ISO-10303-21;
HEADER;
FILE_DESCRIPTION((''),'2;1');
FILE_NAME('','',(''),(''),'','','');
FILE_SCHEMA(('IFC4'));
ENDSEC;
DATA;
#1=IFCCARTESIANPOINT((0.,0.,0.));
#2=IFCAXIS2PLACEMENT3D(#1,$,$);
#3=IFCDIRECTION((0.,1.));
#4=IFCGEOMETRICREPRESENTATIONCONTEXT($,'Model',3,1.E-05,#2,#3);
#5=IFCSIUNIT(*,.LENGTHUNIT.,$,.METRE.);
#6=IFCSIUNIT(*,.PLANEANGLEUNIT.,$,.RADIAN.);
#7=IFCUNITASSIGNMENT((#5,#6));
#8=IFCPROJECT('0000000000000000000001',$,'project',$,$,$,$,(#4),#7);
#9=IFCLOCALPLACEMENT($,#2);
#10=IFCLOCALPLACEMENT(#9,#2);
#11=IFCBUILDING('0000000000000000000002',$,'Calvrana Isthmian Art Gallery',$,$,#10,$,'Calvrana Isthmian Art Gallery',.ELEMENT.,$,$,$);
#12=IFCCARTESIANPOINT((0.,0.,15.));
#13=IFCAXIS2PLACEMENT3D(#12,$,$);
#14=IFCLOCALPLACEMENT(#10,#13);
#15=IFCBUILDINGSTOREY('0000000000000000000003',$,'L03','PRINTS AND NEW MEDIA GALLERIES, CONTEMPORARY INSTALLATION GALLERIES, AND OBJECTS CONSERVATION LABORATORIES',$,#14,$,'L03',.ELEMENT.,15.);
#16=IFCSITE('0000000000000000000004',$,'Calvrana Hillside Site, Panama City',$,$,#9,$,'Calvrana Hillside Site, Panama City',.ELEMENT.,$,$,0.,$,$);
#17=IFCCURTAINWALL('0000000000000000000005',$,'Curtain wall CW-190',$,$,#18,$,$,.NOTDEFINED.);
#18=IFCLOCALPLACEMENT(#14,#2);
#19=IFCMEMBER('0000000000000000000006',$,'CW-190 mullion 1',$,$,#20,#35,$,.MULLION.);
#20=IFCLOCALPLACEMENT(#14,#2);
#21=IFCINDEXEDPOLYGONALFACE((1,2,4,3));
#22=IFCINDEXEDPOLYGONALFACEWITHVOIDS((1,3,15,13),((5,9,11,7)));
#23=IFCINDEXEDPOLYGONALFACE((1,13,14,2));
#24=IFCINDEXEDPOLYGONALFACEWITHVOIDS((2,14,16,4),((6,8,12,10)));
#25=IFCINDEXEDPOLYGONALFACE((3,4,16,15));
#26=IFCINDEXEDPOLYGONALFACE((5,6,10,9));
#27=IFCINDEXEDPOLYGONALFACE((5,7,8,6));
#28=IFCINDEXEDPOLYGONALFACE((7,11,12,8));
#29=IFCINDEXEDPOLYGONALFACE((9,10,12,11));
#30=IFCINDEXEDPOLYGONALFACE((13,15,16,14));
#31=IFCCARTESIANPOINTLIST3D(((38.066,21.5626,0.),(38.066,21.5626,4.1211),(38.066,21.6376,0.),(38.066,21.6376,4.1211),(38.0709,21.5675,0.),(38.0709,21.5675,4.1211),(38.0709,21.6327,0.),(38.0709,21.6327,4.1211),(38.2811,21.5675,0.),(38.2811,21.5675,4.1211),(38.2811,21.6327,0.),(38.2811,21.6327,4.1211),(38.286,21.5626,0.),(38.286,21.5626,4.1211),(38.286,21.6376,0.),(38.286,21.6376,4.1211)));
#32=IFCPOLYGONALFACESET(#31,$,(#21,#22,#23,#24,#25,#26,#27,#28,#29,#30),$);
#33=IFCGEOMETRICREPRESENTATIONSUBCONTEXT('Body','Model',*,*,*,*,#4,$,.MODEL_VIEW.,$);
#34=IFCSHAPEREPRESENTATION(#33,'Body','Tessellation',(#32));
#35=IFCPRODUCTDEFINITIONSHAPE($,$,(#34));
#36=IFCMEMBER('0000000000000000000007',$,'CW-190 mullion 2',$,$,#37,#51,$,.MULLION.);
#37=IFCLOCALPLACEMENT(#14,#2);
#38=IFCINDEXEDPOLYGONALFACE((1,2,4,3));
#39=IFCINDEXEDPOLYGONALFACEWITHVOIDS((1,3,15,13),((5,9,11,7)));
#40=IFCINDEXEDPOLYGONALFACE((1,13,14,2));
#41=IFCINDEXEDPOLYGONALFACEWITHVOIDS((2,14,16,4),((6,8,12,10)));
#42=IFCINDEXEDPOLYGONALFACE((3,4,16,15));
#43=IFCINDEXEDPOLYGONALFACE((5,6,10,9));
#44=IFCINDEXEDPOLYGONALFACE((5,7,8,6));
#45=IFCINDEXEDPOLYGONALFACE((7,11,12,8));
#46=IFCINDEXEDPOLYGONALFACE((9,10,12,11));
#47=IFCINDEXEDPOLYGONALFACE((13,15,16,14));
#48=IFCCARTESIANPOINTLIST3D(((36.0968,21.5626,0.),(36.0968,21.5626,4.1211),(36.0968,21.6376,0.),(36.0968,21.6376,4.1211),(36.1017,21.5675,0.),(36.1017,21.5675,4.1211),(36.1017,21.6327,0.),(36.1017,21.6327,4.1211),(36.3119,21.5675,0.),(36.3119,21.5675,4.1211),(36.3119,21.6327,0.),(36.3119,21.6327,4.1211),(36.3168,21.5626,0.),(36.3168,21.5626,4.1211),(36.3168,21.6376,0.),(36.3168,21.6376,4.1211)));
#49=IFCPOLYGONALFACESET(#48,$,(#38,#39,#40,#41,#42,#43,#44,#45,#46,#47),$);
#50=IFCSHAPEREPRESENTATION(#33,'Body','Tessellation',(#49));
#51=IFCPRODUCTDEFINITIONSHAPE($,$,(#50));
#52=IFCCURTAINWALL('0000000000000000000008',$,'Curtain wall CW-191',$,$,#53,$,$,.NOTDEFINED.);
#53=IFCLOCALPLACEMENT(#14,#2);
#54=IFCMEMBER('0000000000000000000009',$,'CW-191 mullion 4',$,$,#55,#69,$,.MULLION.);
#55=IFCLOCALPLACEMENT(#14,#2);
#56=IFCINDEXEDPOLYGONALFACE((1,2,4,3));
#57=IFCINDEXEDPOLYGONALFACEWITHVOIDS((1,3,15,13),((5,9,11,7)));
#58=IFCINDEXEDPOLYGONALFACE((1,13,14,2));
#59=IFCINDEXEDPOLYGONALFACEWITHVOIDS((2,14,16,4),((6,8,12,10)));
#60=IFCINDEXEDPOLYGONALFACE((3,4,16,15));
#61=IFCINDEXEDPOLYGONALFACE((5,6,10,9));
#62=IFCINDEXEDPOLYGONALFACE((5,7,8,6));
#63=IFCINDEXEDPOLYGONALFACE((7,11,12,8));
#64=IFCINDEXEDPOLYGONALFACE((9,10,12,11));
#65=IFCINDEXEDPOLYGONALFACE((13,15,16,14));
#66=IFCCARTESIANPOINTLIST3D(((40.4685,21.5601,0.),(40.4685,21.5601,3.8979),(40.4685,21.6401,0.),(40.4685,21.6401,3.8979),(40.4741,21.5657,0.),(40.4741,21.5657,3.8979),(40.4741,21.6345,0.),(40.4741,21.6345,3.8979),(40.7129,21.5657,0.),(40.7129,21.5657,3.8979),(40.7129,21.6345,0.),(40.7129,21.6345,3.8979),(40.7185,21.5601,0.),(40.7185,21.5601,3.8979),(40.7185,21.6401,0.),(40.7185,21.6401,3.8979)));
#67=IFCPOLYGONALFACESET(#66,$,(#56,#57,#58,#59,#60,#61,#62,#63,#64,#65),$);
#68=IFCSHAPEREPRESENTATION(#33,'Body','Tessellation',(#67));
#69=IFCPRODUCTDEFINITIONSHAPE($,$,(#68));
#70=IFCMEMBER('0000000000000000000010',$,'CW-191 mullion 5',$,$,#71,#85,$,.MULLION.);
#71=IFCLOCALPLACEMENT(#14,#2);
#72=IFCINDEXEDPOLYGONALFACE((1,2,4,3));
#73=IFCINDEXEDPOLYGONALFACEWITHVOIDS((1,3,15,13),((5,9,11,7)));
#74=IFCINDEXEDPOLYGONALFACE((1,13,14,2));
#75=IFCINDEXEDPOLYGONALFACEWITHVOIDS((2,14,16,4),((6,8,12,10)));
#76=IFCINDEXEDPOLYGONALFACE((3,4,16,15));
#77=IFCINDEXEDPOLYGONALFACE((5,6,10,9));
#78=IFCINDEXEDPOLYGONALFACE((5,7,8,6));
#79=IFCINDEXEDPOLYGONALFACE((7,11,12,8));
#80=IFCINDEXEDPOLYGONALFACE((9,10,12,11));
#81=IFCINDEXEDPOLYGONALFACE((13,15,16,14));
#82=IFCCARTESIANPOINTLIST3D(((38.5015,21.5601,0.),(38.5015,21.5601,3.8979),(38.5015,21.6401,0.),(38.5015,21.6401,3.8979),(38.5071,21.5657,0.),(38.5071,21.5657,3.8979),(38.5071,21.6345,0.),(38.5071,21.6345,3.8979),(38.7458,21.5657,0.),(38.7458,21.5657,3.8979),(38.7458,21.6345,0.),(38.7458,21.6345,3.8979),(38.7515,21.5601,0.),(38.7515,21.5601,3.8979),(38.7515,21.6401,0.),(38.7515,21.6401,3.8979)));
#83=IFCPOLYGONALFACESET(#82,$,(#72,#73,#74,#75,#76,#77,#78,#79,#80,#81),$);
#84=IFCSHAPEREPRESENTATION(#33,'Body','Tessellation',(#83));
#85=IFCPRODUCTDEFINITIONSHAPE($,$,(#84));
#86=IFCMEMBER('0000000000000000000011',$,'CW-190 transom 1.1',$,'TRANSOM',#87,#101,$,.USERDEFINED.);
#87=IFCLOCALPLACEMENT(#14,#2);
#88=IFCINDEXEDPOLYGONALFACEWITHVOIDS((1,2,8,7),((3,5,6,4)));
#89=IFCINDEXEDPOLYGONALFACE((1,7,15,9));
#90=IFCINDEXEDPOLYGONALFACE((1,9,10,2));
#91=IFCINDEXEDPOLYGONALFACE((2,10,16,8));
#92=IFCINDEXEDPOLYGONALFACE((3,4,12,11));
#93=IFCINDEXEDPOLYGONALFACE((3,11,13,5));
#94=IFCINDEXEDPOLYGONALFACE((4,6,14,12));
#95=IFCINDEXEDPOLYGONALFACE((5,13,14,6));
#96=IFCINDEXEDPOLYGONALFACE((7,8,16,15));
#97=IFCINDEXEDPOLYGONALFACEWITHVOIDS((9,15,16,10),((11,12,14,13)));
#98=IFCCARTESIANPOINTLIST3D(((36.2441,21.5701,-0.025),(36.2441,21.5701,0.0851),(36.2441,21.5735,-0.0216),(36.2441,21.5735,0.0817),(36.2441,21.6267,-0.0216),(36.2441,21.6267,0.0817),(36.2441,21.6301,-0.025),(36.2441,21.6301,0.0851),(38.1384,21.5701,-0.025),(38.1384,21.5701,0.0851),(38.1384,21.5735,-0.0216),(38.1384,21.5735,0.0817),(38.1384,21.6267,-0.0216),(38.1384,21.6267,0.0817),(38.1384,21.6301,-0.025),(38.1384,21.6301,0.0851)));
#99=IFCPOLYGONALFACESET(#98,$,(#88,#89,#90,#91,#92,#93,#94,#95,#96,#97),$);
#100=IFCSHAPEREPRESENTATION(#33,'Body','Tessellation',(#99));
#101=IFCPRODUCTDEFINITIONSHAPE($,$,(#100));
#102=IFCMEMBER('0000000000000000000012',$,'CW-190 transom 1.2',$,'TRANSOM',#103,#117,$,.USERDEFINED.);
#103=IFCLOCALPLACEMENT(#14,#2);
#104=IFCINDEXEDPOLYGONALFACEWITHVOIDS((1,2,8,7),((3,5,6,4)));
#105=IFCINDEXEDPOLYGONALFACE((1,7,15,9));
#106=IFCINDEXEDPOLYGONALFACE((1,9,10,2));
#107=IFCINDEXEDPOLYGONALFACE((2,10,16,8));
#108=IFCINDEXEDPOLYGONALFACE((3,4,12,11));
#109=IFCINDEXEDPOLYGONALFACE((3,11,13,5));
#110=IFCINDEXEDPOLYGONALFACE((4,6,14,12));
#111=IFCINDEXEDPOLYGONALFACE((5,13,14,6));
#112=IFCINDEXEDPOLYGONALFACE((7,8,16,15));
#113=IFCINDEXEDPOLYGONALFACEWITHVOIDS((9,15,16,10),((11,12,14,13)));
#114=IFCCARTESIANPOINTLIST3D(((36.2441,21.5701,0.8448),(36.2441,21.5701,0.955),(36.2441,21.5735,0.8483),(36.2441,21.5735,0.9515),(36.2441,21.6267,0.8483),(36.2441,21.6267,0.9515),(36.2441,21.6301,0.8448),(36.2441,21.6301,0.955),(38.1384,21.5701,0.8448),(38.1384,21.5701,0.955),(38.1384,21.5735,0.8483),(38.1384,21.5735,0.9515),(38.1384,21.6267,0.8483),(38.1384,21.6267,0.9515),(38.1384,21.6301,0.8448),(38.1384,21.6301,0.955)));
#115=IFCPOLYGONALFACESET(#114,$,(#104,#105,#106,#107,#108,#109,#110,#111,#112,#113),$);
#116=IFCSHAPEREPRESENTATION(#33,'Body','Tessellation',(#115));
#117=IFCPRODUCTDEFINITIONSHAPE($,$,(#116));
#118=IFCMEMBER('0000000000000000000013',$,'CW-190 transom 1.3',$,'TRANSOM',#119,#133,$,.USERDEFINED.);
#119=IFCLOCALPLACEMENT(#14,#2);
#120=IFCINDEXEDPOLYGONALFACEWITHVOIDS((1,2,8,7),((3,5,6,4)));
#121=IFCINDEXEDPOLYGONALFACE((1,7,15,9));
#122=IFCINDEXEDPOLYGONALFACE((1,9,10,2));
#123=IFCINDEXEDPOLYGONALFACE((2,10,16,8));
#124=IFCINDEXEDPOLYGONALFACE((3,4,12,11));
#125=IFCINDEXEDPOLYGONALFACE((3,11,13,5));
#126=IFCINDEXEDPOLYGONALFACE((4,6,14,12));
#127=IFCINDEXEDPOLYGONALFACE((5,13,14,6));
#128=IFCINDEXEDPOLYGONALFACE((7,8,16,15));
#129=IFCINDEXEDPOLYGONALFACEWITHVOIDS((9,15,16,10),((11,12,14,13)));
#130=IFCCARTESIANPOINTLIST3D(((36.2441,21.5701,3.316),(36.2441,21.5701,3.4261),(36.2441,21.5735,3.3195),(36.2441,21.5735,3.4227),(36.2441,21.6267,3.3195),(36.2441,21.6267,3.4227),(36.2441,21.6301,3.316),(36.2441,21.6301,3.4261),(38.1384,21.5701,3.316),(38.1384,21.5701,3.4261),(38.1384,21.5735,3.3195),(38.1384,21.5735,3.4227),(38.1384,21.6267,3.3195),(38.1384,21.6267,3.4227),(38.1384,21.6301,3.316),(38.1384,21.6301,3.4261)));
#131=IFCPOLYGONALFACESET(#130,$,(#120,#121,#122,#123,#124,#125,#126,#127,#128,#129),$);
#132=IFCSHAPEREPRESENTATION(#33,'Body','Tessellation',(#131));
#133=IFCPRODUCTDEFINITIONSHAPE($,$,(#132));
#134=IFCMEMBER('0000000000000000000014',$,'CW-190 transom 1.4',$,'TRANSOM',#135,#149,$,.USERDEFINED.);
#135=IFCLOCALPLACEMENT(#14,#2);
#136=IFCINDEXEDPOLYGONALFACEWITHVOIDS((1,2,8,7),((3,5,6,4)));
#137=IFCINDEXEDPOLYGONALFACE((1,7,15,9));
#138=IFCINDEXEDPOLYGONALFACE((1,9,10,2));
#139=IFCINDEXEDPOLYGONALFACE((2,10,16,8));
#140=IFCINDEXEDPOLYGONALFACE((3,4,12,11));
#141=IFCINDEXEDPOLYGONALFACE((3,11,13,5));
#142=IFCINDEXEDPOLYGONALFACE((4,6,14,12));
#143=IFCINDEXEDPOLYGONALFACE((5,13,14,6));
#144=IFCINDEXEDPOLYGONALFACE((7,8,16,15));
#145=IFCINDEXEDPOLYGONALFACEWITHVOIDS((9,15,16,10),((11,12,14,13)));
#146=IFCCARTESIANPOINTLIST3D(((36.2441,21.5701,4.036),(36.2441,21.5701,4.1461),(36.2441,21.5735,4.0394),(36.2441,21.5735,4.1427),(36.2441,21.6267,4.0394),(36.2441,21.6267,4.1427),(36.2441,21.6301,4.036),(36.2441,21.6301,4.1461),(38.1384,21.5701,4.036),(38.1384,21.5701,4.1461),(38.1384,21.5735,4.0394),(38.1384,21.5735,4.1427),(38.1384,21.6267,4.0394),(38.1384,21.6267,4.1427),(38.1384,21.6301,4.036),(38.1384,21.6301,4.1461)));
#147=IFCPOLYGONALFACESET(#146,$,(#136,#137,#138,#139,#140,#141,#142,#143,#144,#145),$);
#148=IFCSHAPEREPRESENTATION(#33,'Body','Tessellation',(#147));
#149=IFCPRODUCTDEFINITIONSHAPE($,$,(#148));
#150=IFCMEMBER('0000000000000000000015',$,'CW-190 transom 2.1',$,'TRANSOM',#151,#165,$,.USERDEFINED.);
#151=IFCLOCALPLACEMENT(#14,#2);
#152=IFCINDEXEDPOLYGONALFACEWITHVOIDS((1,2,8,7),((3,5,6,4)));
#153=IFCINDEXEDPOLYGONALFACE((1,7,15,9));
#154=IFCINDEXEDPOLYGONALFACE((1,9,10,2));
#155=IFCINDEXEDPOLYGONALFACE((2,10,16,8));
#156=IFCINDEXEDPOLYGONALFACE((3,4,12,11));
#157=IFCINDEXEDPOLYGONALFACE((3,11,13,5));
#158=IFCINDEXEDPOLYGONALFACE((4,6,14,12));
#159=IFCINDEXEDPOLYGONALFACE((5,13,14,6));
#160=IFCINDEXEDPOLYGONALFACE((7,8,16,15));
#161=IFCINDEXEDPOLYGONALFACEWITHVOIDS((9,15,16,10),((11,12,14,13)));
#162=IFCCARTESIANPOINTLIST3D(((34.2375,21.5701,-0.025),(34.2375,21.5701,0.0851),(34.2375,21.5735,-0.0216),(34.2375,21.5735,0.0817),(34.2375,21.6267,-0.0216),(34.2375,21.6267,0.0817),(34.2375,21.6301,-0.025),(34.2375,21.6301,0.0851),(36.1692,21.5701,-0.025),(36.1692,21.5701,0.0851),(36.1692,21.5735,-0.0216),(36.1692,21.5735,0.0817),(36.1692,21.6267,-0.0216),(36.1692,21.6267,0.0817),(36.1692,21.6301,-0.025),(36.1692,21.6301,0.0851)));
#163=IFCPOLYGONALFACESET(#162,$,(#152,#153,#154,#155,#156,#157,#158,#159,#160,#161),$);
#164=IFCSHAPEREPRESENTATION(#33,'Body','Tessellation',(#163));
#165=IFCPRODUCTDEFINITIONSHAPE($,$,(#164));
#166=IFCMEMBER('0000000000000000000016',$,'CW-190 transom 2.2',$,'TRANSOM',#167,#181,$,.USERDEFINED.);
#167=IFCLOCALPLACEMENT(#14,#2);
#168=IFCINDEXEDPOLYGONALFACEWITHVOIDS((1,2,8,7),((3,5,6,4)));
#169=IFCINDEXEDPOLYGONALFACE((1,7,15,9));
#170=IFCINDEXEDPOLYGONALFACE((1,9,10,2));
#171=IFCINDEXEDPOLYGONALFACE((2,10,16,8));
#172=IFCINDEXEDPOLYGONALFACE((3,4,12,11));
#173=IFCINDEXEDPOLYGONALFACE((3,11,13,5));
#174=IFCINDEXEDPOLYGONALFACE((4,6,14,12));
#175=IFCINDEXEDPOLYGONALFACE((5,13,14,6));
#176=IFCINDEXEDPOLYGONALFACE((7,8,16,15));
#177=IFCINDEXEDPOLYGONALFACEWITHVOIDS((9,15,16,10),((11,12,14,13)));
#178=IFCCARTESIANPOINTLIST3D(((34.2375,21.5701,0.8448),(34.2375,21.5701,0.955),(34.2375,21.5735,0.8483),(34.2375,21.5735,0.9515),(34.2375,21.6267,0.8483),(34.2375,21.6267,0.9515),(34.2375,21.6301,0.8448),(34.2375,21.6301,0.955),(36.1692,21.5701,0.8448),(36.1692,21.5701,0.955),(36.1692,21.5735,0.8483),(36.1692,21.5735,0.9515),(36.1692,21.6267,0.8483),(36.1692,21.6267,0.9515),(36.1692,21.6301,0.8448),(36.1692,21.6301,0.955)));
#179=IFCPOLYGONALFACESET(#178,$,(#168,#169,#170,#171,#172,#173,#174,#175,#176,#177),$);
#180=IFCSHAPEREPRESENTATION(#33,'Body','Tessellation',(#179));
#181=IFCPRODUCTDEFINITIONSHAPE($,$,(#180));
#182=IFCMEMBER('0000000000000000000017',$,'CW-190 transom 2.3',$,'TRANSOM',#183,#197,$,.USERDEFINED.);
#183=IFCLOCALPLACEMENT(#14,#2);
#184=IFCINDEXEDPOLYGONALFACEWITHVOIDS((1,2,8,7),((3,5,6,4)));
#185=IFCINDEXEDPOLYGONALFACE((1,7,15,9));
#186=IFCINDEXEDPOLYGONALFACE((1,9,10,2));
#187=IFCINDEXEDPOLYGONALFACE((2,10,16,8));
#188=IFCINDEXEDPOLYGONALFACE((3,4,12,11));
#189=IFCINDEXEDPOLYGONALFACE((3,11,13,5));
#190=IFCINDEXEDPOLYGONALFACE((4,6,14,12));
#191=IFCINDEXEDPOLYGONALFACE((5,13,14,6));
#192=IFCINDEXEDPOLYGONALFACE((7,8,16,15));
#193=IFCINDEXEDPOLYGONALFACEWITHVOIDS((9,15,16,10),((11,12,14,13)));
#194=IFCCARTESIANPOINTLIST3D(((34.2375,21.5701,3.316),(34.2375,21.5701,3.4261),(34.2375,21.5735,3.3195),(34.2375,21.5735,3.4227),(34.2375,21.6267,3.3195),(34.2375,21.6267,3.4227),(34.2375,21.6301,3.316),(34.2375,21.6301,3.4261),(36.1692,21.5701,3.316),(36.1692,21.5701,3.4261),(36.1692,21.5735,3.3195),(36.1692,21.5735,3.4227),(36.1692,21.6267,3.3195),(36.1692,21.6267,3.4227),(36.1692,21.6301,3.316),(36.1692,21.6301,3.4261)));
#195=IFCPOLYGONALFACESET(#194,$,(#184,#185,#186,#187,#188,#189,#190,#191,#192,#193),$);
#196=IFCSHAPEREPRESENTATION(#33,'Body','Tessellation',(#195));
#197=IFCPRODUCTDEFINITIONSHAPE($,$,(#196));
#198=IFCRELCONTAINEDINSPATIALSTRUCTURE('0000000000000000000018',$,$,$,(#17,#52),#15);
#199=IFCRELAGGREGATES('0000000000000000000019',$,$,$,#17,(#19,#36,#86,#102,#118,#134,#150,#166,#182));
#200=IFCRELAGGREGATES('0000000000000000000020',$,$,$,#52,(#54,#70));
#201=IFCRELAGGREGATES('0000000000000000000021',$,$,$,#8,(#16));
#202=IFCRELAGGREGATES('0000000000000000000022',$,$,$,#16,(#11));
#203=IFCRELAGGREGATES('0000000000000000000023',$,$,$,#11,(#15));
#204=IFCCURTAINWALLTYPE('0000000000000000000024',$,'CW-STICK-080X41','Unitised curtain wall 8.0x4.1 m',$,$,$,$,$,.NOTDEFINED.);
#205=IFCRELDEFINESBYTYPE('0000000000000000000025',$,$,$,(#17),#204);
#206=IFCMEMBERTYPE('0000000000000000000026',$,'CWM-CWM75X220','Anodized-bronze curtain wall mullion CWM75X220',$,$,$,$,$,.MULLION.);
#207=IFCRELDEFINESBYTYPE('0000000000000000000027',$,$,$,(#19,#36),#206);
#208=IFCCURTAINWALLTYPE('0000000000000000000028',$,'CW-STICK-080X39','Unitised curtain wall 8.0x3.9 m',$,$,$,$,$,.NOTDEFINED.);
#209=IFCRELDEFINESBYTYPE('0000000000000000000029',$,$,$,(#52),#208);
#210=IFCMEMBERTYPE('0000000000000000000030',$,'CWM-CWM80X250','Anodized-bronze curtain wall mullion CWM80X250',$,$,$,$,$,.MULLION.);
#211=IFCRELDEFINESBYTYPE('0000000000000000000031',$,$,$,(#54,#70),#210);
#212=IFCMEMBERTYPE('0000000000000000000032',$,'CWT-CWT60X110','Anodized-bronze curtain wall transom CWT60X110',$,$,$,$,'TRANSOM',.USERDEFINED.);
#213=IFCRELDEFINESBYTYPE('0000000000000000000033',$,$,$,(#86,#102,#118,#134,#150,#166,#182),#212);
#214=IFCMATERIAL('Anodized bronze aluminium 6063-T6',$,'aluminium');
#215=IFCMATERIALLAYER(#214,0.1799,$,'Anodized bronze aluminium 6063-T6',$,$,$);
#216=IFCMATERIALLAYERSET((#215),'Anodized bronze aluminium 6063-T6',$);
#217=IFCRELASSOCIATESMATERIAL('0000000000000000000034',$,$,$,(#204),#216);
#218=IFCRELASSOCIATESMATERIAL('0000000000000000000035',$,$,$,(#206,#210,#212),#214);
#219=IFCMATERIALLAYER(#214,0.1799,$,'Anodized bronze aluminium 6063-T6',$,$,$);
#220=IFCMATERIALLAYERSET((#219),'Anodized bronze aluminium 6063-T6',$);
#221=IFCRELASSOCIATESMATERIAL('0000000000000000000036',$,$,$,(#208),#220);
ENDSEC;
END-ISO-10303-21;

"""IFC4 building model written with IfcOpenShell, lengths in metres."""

from ifc_helpers import new_model, si_unit, direction, frame, origin, origin_2d, place, context, subcontext, project, spatial, hollow_rectangle, extrude, material, layer, layer_set, material_profile, profile_set, type_object, element, aggregate, save


model = new_model("IFC4")

# Units and contexts
model_context = context("Model", 3, precision=1e-05, world=origin(), true_north=direction((0.0, 1.0)))
body_context = subcontext(model_context, "Body", "Model", "MODEL_VIEW")
ifc_project = project(units=[si_unit("LENGTHUNIT", "METRE"), si_unit("PLANEANGLEUNIT", "RADIAN")], contexts=[model_context])

# Site, building, storey
site_placement = place(None, origin())
site = spatial("IfcSite", under=ifc_project, at=site_placement, Name="Calvrana Hillside Site, Panama City", LongName="Calvrana Hillside Site, Panama City", CompositionType="ELEMENT", RefElevation=0.0)
building_placement = place(site_placement, origin())
building = spatial("IfcBuilding", under=site, at=building_placement, Name="Calvrana Isthmian Art Gallery", LongName="Calvrana Isthmian Art Gallery", CompositionType="ELEMENT")
storey_placement = place(building_placement, frame((0.0, 0.0, 15.0)))
storey = spatial("IfcBuildingStorey", under=building, at=storey_placement, Name="L03", Description="PRINTS AND NEW MEDIA GALLERIES, CONTEMPORARY INSTALLATION GALLERIES, AND OBJECTS CONSERVATION LABORATORIES", LongName="L03", CompositionType="ELEMENT", Elevation=15.0)

# Curtain walls, members
ifc_material_1 = material(Name="Anodized bronze aluminium 6063-T6", Category="aluminium")
ifc_layer_1 = layer(ifc_material_1, 0.1799, Name="Anodized bronze aluminium 6063-T6")
ifc_layer_set_1 = layer_set([ifc_layer_1], Name="Anodized bronze aluminium 6063-T6")
curtain_wall_type_1 = type_object("IfcCurtainWallType", Name="CW-STICK-080X41", Description="Unitised curtain wall 8.0x4.1 m", PredefinedType="NOTDEFINED", material=ifc_layer_set_1)
curtain_wall_1_placement = place(storey_placement, origin())
curtain_wall_1 = element("IfcCurtainWall", 1, at=curtain_wall_1_placement, inside=storey, type_object=curtain_wall_type_1, Name="Curtain wall CW-190", PredefinedType="NOTDEFINED")
ifc_material_profile_1 = material_profile(ifc_material_1, hollow_rectangle(XDim=0.075, YDim=0.22, WallThickness=0.0049, at=origin_2d()), Name="CWM75X220")
ifc_profile_set_1 = profile_set([ifc_material_profile_1], Name="Anodized bronze aluminium 6063-T6")
member_type_1 = type_object("IfcMemberType", Name="CWM-CWM75X220", Description="Anodized-bronze curtain wall mullion CWM75X220", PredefinedType="MULLION", material=ifc_profile_set_1)
member_1_placement = place(storey_placement, frame((38.176, 21.6001, 0.0), z_axis=(0.0, 0.0, 1.0), x_axis=(0.0, -1.0, 0.0)))
member_1 = element("IfcMember", 2, at=member_1_placement, type_object=member_type_1, Name="CW-190 mullion 1", PredefinedType="MULLION", context=body_context, shape_type="SweptSolid", body=[
    extrude(hollow_rectangle(XDim=0.075, YDim=0.22, WallThickness=0.0049, at=origin_2d()), origin(), (0.0, 0.0, 1.0), 4.1211),
])
member_2_placement = place(storey_placement, frame((36.2068, 21.6001, 0.0), z_axis=(0.0, 0.0, 1.0), x_axis=(0.0, -1.0, 0.0)))
member_2 = element("IfcMember", 3, at=member_2_placement, type_object=member_type_1, Name="CW-190 mullion 2", PredefinedType="MULLION", context=body_context, shape_type="SweptSolid", body=[
    extrude(hollow_rectangle(XDim=0.075, YDim=0.22, WallThickness=0.0049, at=origin_2d()), origin(), (0.0, 0.0, 1.0), 4.1211),
])
ifc_layer_2 = layer(ifc_material_1, 0.1799, Name="Anodized bronze aluminium 6063-T6")
ifc_layer_set_2 = layer_set([ifc_layer_2], Name="Anodized bronze aluminium 6063-T6")
curtain_wall_type_2 = type_object("IfcCurtainWallType", Name="CW-STICK-080X39", Description="Unitised curtain wall 8.0x3.9 m", PredefinedType="NOTDEFINED", material=ifc_layer_set_2)
curtain_wall_2_placement = place(storey_placement, origin())
curtain_wall_2 = element("IfcCurtainWall", 4, at=curtain_wall_2_placement, inside=storey, type_object=curtain_wall_type_2, Name="Curtain wall CW-191", PredefinedType="NOTDEFINED")
ifc_material_profile_2 = material_profile(ifc_material_1, hollow_rectangle(XDim=0.0801, YDim=0.25, WallThickness=0.0056, at=origin_2d()), Name="CWM80X250")
ifc_profile_set_2 = profile_set([ifc_material_profile_2], Name="Anodized bronze aluminium 6063-T6")
member_type_2 = type_object("IfcMemberType", Name="CWM-CWM80X250", Description="Anodized-bronze curtain wall mullion CWM80X250", PredefinedType="MULLION", material=ifc_profile_set_2)
member_3_placement = place(storey_placement, frame((40.5935, 21.6001, 0.0), z_axis=(0.0, 0.0, 1.0), x_axis=(0.0, -1.0, 0.0)))
member_3 = element("IfcMember", 5, at=member_3_placement, type_object=member_type_2, Name="CW-191 mullion 4", PredefinedType="MULLION", context=body_context, shape_type="SweptSolid", body=[
    extrude(hollow_rectangle(XDim=0.0801, YDim=0.25, WallThickness=0.0056, at=origin_2d()), origin(), (0.0, 0.0, 1.0), 3.8979),
])
member_4_placement = place(storey_placement, frame((38.6265, 21.6001, 0.0), z_axis=(0.0, 0.0, 1.0), x_axis=(0.0, -1.0, 0.0)))
member_4 = element("IfcMember", 6, at=member_4_placement, type_object=member_type_2, Name="CW-191 mullion 5", PredefinedType="MULLION", context=body_context, shape_type="SweptSolid", body=[
    extrude(hollow_rectangle(XDim=0.0801, YDim=0.25, WallThickness=0.0056, at=origin_2d()), origin(), (0.0, 0.0, 1.0), 3.8979),
])

# Members
ifc_material_profile_3 = material_profile(ifc_material_1, hollow_rectangle(XDim=0.0601, YDim=0.1101, WallThickness=0.0034, at=origin_2d()), Name="CWT60X110")
ifc_profile_set_3 = profile_set([ifc_material_profile_3], Name="Anodized bronze aluminium 6063-T6")
member_type_3 = type_object("IfcMemberType", Name="CWT-CWT60X110", Description="Anodized-bronze curtain wall transom CWT60X110", ElementType="TRANSOM", PredefinedType="USERDEFINED", material=ifc_profile_set_3)
member_5_placement = place(storey_placement, frame((38.1384, 21.6001, 0.03), z_axis=(-1.0, 0.0, 0.0), x_axis=(0.0, -1.0, 0.0)))
member_5 = element("IfcMember", 7, at=member_5_placement, type_object=member_type_3, Name="CW-190 transom 1.1", ObjectType="TRANSOM", PredefinedType="USERDEFINED", context=body_context, shape_type="SweptSolid", body=[
    extrude(hollow_rectangle(XDim=0.0601, YDim=0.1101, WallThickness=0.0034, at=origin_2d()), origin(), (0.0, 0.0, 1.0), 1.8943),
])
member_6_placement = place(storey_placement, frame((38.1384, 21.6001, 0.8999), z_axis=(-1.0, 0.0, 0.0), x_axis=(0.0, -1.0, 0.0)))
member_6 = element("IfcMember", 8, at=member_6_placement, type_object=member_type_3, Name="CW-190 transom 1.2", ObjectType="TRANSOM", PredefinedType="USERDEFINED", context=body_context, shape_type="SweptSolid", body=[
    extrude(hollow_rectangle(XDim=0.0601, YDim=0.1101, WallThickness=0.0034, at=origin_2d()), origin(), (0.0, 0.0, 1.0), 1.8943),
])
member_7_placement = place(storey_placement, frame((38.1384, 21.6001, 3.3711), z_axis=(-1.0, 0.0, 0.0), x_axis=(0.0, -1.0, 0.0)))
member_7 = element("IfcMember", 9, at=member_7_placement, type_object=member_type_3, Name="CW-190 transom 1.3", ObjectType="TRANSOM", PredefinedType="USERDEFINED", context=body_context, shape_type="SweptSolid", body=[
    extrude(hollow_rectangle(XDim=0.0601, YDim=0.1101, WallThickness=0.0034, at=origin_2d()), origin(), (0.0, 0.0, 1.0), 1.8943),
])
member_8_placement = place(storey_placement, frame((38.1384, 21.6001, 4.0911), z_axis=(-1.0, 0.0, 0.0), x_axis=(0.0, -1.0, 0.0)))
member_8 = element("IfcMember", 10, at=member_8_placement, type_object=member_type_3, Name="CW-190 transom 1.4", ObjectType="TRANSOM", PredefinedType="USERDEFINED", context=body_context, shape_type="SweptSolid", body=[
    extrude(hollow_rectangle(XDim=0.0601, YDim=0.1101, WallThickness=0.0034, at=origin_2d()), origin(), (0.0, 0.0, 1.0), 1.8943),
])
member_9_placement = place(storey_placement, frame((36.1692, 21.6001, 0.03), z_axis=(-1.0, 0.0, 0.0), x_axis=(0.0, -1.0, 0.0)))
member_9 = element("IfcMember", 11, at=member_9_placement, type_object=member_type_3, Name="CW-190 transom 2.1", ObjectType="TRANSOM", PredefinedType="USERDEFINED", context=body_context, shape_type="SweptSolid", body=[
    extrude(hollow_rectangle(XDim=0.0601, YDim=0.1101, WallThickness=0.0034, at=origin_2d()), origin(), (0.0, 0.0, 1.0), 1.9316),
])
member_10_placement = place(storey_placement, frame((36.1692, 21.6001, 0.8999), z_axis=(-1.0, 0.0, 0.0), x_axis=(0.0, -1.0, 0.0)))
member_10 = element("IfcMember", 12, at=member_10_placement, type_object=member_type_3, Name="CW-190 transom 2.2", ObjectType="TRANSOM", PredefinedType="USERDEFINED", context=body_context, shape_type="SweptSolid", body=[
    extrude(hollow_rectangle(XDim=0.0601, YDim=0.1101, WallThickness=0.0034, at=origin_2d()), origin(), (0.0, 0.0, 1.0), 1.9316),
])
member_11_placement = place(storey_placement, frame((36.1692, 21.6001, 3.3711), z_axis=(-1.0, 0.0, 0.0), x_axis=(0.0, -1.0, 0.0)))
member_11 = element("IfcMember", 13, at=member_11_placement, type_object=member_type_3, Name="CW-190 transom 2.3", ObjectType="TRANSOM", PredefinedType="USERDEFINED", context=body_context, shape_type="SweptSolid", body=[
    extrude(hollow_rectangle(XDim=0.0601, YDim=0.1101, WallThickness=0.0034, at=origin_2d()), origin(), (0.0, 0.0, 1.0), 1.9316),
])

aggregate(curtain_wall_1, [member_1, member_2, member_5, member_6, member_7, member_8, member_9, member_10, member_11])
aggregate(curtain_wall_2, [member_3, member_4])

save(model, "model.ifc")
